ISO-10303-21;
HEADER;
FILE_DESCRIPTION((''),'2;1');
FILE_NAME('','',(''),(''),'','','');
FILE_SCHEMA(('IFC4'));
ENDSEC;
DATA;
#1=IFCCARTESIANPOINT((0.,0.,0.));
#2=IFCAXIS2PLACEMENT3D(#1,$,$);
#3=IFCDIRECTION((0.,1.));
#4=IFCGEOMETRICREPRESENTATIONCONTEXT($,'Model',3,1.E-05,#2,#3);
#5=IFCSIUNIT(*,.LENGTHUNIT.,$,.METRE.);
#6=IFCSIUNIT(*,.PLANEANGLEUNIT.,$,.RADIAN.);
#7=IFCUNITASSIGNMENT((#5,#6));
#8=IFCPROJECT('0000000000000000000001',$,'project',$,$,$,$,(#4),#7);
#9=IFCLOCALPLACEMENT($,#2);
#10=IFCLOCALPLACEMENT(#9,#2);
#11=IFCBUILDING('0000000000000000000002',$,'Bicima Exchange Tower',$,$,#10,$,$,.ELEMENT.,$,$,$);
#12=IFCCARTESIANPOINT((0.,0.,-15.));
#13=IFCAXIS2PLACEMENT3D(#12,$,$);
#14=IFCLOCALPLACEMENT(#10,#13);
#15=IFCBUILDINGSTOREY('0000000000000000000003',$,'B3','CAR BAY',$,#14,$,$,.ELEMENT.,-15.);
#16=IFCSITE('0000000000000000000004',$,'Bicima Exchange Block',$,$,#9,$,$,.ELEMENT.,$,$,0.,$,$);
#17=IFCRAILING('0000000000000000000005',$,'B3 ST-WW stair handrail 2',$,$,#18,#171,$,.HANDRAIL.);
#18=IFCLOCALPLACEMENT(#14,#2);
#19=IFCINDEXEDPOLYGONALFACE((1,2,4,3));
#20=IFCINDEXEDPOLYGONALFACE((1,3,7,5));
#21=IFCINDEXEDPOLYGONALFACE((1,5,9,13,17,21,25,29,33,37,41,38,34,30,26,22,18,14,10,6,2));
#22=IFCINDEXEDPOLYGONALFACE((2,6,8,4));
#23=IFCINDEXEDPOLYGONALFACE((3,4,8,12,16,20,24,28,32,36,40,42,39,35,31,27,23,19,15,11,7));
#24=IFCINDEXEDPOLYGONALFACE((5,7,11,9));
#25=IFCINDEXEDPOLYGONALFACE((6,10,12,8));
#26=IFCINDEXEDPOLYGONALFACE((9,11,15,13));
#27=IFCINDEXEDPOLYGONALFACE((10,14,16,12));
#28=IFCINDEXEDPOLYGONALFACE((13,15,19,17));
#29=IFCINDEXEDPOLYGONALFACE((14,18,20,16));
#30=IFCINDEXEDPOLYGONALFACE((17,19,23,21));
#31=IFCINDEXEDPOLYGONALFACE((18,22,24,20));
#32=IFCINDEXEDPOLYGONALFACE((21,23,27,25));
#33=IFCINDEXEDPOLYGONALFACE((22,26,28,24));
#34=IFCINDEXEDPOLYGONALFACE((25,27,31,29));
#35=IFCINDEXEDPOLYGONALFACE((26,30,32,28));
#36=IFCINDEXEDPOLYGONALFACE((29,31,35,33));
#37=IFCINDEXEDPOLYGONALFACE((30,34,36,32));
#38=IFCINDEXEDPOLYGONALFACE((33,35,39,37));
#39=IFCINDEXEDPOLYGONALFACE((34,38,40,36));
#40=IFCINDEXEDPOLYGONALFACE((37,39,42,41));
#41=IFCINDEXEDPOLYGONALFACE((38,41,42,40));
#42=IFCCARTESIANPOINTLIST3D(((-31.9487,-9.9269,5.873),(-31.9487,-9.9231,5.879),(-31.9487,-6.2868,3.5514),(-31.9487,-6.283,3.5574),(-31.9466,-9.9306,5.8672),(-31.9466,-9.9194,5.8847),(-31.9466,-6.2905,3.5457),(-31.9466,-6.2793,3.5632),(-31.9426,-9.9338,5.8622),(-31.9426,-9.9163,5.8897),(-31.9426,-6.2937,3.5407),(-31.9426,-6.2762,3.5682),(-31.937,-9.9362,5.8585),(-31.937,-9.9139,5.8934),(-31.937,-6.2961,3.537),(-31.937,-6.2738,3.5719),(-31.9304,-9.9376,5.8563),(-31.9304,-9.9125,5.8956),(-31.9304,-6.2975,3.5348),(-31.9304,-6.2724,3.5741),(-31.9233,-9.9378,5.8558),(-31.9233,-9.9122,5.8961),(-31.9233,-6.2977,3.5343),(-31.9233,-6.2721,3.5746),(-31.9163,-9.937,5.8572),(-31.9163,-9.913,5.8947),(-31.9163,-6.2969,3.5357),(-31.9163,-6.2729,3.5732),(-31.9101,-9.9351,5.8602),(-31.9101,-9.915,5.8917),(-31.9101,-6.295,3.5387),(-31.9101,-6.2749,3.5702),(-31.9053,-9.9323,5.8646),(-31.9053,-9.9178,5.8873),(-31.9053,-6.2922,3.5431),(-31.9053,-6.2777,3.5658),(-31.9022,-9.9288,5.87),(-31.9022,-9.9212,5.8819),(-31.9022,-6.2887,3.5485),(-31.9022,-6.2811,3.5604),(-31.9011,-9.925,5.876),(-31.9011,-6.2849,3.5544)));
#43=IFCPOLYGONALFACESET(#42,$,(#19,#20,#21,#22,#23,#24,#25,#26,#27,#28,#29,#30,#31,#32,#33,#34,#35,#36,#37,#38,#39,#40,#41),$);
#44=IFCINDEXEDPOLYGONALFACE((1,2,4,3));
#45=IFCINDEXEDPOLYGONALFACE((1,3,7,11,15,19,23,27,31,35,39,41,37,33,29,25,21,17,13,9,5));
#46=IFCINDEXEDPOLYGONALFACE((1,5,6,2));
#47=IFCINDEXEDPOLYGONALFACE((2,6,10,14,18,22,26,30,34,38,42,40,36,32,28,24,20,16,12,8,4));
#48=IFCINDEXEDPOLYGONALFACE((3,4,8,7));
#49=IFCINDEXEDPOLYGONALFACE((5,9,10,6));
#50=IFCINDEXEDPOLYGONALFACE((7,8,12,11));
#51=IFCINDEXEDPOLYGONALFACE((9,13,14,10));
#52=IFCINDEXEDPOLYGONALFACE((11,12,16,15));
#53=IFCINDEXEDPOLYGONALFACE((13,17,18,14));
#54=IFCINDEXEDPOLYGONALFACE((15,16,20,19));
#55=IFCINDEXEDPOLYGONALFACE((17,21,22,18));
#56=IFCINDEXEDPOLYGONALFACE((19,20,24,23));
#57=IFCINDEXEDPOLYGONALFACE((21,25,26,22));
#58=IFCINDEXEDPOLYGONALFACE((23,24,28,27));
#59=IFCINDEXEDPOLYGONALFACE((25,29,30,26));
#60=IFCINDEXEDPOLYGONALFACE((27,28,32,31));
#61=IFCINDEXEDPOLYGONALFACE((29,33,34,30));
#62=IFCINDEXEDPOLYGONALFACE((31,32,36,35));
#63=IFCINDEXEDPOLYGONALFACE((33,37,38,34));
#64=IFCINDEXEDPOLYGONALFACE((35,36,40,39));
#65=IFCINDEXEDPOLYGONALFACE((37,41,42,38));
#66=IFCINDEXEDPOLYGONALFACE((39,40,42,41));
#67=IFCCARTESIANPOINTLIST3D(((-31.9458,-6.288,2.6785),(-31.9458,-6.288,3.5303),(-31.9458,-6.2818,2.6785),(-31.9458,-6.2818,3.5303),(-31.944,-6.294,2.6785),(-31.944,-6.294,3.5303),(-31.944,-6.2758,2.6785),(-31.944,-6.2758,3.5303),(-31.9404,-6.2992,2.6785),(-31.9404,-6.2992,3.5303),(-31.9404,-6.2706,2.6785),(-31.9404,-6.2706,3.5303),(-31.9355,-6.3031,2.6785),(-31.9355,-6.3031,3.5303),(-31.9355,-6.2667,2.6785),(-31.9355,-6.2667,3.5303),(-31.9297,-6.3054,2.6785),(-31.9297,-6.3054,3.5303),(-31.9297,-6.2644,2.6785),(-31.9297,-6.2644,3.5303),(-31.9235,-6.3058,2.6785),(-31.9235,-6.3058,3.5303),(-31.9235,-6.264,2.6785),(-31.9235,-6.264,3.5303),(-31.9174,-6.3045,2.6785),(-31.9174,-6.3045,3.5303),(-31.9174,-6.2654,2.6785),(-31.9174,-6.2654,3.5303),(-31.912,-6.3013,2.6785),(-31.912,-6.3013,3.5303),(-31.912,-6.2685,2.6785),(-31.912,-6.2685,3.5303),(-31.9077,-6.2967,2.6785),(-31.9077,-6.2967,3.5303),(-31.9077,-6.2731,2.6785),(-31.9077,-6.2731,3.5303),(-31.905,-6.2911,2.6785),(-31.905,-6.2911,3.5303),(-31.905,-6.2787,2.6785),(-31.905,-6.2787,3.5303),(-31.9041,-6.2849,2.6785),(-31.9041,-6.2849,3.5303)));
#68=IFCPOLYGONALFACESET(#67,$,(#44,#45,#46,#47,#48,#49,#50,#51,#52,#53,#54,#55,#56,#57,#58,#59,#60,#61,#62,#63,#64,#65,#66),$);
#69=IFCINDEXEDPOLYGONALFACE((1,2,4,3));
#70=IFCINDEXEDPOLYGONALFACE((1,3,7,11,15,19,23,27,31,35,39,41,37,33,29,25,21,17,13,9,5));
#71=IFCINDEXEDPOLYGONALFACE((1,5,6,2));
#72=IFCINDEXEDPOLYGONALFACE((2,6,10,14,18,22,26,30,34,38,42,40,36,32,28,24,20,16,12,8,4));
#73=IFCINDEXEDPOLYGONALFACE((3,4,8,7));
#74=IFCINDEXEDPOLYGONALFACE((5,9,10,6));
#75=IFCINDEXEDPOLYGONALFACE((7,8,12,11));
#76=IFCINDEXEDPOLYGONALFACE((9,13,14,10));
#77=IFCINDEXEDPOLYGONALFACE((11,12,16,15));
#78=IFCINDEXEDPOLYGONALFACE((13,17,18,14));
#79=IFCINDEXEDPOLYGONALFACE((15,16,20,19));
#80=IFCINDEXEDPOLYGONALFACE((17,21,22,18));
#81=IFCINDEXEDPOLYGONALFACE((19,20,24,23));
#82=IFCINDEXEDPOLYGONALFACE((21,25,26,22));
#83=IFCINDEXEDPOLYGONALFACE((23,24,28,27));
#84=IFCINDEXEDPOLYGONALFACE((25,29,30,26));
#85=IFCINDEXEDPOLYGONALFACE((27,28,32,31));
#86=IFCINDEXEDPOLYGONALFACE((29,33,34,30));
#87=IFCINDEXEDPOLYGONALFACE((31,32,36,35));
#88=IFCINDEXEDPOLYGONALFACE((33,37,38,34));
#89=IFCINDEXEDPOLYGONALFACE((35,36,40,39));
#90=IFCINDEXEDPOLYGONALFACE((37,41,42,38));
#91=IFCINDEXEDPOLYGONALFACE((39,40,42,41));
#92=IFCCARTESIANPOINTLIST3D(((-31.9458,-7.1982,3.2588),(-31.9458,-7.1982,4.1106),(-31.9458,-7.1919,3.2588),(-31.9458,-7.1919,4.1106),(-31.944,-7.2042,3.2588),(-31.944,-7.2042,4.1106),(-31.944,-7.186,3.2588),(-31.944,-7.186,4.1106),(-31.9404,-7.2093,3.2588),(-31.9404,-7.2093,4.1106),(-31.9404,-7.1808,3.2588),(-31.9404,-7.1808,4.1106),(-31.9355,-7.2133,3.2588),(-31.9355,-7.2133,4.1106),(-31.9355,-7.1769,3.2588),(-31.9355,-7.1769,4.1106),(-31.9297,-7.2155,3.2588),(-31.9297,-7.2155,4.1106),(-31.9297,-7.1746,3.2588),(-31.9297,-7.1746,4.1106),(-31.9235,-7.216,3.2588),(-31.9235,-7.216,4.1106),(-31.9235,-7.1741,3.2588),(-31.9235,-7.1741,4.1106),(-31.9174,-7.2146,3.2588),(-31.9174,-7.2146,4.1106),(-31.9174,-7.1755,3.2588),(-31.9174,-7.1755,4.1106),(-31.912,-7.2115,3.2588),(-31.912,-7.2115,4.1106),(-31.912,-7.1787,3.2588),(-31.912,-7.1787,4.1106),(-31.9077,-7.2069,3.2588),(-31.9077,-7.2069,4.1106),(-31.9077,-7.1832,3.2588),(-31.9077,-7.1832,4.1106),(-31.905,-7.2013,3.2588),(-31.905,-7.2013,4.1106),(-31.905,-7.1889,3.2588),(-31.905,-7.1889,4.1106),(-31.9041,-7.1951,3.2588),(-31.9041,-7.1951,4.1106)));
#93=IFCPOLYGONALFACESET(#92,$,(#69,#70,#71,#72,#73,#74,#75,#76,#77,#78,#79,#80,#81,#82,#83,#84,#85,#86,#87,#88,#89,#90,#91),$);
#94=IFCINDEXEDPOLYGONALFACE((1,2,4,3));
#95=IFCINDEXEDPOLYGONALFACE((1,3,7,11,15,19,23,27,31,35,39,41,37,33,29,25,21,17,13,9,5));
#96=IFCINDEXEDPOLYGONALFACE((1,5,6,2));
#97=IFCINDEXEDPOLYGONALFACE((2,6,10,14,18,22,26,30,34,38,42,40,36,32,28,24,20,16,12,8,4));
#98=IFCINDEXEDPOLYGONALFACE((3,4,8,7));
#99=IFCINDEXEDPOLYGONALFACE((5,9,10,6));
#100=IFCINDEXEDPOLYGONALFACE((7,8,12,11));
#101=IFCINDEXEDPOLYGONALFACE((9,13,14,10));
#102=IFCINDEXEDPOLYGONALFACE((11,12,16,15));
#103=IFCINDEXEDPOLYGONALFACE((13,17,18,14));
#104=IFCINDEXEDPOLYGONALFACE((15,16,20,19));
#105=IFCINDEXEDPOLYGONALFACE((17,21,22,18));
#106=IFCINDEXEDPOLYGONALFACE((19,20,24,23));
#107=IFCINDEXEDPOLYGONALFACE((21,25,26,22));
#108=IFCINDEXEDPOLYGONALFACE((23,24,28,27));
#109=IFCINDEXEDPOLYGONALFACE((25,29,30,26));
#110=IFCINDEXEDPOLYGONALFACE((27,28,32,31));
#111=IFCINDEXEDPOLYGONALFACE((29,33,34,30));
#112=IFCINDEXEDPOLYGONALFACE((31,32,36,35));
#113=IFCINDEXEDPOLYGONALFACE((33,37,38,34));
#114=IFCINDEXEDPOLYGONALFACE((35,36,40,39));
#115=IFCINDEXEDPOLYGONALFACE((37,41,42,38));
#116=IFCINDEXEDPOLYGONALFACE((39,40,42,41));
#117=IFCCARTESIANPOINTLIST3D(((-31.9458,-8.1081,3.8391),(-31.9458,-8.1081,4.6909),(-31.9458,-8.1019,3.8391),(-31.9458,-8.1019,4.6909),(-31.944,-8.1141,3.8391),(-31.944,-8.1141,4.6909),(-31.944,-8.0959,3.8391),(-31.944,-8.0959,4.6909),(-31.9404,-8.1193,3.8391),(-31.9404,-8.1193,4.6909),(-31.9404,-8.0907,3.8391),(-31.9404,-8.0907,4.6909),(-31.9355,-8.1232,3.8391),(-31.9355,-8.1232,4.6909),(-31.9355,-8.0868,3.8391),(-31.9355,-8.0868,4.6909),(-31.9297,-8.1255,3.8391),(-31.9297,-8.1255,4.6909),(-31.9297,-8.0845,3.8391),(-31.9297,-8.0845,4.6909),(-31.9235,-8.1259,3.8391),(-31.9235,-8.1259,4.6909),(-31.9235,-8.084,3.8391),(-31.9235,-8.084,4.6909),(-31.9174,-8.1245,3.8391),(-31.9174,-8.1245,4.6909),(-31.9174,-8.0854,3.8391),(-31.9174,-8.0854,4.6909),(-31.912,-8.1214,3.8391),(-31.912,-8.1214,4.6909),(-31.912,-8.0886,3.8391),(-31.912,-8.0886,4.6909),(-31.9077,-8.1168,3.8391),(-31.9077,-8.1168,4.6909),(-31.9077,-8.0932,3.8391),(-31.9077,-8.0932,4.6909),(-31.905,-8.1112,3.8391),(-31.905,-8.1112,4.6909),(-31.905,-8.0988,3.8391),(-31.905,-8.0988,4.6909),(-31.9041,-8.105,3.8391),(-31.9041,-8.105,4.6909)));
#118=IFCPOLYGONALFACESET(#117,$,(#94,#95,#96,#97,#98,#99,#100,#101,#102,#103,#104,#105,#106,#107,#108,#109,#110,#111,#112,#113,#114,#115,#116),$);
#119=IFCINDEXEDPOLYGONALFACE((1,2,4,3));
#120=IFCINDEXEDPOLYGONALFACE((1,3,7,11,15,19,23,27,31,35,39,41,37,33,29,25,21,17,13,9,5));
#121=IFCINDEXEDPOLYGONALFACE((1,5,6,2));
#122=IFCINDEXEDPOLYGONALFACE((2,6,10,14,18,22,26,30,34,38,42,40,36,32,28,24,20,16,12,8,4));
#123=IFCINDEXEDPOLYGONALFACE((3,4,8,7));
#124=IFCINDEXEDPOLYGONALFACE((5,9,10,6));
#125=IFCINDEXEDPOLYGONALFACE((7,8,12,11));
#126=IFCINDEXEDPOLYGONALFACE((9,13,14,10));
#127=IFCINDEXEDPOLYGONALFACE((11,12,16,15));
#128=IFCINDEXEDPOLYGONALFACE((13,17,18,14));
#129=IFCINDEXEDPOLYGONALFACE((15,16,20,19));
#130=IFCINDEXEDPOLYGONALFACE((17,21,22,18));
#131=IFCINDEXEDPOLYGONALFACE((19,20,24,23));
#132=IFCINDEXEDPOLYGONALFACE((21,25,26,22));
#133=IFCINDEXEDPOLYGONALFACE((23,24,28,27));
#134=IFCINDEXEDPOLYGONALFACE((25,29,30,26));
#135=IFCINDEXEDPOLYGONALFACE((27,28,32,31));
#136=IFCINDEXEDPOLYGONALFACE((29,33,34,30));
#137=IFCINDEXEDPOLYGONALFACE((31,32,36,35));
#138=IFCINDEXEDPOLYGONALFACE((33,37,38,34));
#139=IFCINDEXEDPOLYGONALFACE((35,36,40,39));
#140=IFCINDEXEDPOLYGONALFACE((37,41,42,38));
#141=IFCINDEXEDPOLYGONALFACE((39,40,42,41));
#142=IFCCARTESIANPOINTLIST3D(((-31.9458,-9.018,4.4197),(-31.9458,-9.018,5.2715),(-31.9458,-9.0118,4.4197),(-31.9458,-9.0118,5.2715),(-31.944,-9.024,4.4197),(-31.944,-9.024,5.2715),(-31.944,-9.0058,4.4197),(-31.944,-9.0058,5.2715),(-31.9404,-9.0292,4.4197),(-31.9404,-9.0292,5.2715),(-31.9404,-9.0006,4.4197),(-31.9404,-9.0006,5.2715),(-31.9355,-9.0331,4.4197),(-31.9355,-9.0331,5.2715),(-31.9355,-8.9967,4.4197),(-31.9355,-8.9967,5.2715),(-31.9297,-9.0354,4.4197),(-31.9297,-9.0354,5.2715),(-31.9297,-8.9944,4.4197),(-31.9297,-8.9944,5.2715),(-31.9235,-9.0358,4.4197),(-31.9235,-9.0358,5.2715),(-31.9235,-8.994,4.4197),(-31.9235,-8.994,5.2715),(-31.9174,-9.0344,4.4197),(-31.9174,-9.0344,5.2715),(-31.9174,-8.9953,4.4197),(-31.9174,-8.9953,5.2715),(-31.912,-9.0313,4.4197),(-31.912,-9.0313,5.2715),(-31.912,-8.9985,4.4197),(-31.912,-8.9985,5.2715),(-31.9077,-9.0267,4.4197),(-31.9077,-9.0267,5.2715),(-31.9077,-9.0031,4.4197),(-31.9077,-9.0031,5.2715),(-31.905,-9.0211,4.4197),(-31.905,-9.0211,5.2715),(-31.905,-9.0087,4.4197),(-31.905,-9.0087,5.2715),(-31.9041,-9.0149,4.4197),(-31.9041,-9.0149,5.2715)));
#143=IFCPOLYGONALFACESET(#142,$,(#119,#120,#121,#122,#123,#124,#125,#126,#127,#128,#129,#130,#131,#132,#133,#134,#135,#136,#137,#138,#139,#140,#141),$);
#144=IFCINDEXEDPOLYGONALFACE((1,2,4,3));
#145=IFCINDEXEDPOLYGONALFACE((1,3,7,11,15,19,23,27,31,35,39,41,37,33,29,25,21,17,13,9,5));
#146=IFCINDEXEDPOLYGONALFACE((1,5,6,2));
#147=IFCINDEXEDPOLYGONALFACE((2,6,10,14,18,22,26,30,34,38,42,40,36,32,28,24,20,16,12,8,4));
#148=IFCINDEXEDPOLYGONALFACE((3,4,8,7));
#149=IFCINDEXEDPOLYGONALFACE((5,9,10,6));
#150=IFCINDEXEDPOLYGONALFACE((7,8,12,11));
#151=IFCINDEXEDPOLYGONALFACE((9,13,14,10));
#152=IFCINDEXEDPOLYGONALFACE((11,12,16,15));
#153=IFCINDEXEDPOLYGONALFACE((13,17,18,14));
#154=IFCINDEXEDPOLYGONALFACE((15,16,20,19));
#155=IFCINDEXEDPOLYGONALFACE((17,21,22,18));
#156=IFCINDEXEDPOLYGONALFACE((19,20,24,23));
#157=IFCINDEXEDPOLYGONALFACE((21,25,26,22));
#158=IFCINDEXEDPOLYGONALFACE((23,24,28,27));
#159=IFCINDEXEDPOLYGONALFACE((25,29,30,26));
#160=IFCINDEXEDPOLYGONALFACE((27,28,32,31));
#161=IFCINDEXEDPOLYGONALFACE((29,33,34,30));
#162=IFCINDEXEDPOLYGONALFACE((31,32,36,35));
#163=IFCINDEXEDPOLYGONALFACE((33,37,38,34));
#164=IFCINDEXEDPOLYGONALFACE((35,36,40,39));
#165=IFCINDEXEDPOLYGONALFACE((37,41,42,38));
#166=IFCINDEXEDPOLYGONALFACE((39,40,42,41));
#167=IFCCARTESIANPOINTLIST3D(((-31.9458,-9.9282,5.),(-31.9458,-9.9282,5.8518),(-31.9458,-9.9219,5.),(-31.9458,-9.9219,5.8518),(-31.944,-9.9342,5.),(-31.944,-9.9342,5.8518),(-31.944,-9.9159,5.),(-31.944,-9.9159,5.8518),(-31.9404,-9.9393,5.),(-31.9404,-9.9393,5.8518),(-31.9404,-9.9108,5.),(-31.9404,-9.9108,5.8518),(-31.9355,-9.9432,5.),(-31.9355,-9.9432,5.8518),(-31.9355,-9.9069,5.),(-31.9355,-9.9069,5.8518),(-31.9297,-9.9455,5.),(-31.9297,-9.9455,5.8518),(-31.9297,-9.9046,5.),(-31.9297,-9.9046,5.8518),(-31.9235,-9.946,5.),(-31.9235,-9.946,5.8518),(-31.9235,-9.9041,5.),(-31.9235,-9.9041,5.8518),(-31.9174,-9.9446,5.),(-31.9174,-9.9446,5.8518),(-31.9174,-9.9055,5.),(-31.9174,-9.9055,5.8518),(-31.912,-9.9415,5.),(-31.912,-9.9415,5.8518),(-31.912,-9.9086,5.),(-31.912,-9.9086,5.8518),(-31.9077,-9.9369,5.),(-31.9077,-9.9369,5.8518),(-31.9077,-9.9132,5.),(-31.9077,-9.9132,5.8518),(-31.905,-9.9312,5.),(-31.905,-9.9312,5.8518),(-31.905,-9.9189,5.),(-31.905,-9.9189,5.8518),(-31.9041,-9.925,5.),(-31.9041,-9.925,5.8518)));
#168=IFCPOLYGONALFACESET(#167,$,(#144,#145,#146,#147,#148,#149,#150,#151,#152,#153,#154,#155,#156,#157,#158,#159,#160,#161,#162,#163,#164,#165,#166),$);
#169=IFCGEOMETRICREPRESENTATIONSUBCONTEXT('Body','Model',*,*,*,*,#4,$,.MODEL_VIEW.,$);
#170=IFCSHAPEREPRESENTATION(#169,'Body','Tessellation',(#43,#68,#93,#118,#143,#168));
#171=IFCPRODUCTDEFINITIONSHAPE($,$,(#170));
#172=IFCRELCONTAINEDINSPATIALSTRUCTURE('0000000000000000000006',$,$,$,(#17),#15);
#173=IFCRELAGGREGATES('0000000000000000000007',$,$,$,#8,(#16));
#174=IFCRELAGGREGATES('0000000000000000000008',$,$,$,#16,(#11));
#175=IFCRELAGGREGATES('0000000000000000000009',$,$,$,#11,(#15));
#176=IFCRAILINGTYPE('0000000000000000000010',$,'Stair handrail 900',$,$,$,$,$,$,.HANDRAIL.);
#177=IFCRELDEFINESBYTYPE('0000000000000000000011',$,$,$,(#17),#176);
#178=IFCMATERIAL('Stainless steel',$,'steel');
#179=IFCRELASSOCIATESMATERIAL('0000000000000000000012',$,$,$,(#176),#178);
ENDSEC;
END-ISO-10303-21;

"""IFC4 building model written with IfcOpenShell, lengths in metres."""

from ifc_helpers import new_model, si_unit, direction, frame, origin, origin_2d, place, context, subcontext, project, spatial, circle, extrude, material, type_object, element, save


model = new_model("IFC4")

# Units and contexts
model_context = context("Model", 3, precision=1e-05, world=origin(), true_north=direction((0.0, 1.0)))
body_context = subcontext(model_context, "Body", "Model", "MODEL_VIEW")
ifc_project = project(units=[si_unit("LENGTHUNIT", "METRE"), si_unit("PLANEANGLEUNIT", "RADIAN")], contexts=[model_context])

# Site, building, storey
site_placement = place(None, origin())
site = spatial("IfcSite", under=ifc_project, at=site_placement, Name="Bicima Exchange Block", CompositionType="ELEMENT", RefElevation=0.0)
building_placement = place(site_placement, origin())
building = spatial("IfcBuilding", under=site, at=building_placement, Name="Bicima Exchange Tower", CompositionType="ELEMENT")
storey_placement = place(building_placement, frame((0.0, 0.0, -15.0)))
storey = spatial("IfcBuildingStorey", under=building, at=storey_placement, Name="B3", Description="CAR BAY", CompositionType="ELEMENT", Elevation=-15.0)

# Railing
ifc_material_1 = material(Name="Stainless steel", Category="steel")
railing_type = type_object("IfcRailingType", Name="Stair handrail 900", PredefinedType="HANDRAIL", material=ifc_material_1)
railing_1_placement = place(storey_placement, frame((-31.925, -6.2849, 2.6785)))
element("IfcRailing", 1, at=railing_1_placement, inside=storey, type_object=railing_type, Name="B3 ST-WW stair handrail 2", PredefinedType="HANDRAIL", context=body_context, shape_type="SweptSolid", body=[
    extrude(circle(Radius=0.0239, at=origin_2d()), frame((0.0, 0.0, 0.876), z_axis=(0.0, -0.843128, 0.537713), x_axis=(1.0, 0.0, 0.0)), (0.0, 0.0, 1.0), 4.3174),
    extrude(circle(Radius=0.021, at=origin_2d()), origin(), (0.0, 0.0, 1.0), 0.8518),
    extrude(circle(Radius=0.021, at=origin_2d()), frame((0.0, -0.9102, 0.5803)), (0.0, 0.0, 1.0), 0.8518),
    extrude(circle(Radius=0.021, at=origin_2d()), frame((0.0, -1.8201, 1.1606)), (0.0, 0.0, 1.0), 0.8518),
    extrude(circle(Radius=0.021, at=origin_2d()), frame((0.0, -2.73, 1.7412)), (0.0, 0.0, 1.0), 0.8518),
    extrude(circle(Radius=0.021, at=origin_2d()), frame((0.0, -3.6401, 2.3215)), (0.0, 0.0, 1.0), 0.8518),
])

save(model, "model.ifc")
